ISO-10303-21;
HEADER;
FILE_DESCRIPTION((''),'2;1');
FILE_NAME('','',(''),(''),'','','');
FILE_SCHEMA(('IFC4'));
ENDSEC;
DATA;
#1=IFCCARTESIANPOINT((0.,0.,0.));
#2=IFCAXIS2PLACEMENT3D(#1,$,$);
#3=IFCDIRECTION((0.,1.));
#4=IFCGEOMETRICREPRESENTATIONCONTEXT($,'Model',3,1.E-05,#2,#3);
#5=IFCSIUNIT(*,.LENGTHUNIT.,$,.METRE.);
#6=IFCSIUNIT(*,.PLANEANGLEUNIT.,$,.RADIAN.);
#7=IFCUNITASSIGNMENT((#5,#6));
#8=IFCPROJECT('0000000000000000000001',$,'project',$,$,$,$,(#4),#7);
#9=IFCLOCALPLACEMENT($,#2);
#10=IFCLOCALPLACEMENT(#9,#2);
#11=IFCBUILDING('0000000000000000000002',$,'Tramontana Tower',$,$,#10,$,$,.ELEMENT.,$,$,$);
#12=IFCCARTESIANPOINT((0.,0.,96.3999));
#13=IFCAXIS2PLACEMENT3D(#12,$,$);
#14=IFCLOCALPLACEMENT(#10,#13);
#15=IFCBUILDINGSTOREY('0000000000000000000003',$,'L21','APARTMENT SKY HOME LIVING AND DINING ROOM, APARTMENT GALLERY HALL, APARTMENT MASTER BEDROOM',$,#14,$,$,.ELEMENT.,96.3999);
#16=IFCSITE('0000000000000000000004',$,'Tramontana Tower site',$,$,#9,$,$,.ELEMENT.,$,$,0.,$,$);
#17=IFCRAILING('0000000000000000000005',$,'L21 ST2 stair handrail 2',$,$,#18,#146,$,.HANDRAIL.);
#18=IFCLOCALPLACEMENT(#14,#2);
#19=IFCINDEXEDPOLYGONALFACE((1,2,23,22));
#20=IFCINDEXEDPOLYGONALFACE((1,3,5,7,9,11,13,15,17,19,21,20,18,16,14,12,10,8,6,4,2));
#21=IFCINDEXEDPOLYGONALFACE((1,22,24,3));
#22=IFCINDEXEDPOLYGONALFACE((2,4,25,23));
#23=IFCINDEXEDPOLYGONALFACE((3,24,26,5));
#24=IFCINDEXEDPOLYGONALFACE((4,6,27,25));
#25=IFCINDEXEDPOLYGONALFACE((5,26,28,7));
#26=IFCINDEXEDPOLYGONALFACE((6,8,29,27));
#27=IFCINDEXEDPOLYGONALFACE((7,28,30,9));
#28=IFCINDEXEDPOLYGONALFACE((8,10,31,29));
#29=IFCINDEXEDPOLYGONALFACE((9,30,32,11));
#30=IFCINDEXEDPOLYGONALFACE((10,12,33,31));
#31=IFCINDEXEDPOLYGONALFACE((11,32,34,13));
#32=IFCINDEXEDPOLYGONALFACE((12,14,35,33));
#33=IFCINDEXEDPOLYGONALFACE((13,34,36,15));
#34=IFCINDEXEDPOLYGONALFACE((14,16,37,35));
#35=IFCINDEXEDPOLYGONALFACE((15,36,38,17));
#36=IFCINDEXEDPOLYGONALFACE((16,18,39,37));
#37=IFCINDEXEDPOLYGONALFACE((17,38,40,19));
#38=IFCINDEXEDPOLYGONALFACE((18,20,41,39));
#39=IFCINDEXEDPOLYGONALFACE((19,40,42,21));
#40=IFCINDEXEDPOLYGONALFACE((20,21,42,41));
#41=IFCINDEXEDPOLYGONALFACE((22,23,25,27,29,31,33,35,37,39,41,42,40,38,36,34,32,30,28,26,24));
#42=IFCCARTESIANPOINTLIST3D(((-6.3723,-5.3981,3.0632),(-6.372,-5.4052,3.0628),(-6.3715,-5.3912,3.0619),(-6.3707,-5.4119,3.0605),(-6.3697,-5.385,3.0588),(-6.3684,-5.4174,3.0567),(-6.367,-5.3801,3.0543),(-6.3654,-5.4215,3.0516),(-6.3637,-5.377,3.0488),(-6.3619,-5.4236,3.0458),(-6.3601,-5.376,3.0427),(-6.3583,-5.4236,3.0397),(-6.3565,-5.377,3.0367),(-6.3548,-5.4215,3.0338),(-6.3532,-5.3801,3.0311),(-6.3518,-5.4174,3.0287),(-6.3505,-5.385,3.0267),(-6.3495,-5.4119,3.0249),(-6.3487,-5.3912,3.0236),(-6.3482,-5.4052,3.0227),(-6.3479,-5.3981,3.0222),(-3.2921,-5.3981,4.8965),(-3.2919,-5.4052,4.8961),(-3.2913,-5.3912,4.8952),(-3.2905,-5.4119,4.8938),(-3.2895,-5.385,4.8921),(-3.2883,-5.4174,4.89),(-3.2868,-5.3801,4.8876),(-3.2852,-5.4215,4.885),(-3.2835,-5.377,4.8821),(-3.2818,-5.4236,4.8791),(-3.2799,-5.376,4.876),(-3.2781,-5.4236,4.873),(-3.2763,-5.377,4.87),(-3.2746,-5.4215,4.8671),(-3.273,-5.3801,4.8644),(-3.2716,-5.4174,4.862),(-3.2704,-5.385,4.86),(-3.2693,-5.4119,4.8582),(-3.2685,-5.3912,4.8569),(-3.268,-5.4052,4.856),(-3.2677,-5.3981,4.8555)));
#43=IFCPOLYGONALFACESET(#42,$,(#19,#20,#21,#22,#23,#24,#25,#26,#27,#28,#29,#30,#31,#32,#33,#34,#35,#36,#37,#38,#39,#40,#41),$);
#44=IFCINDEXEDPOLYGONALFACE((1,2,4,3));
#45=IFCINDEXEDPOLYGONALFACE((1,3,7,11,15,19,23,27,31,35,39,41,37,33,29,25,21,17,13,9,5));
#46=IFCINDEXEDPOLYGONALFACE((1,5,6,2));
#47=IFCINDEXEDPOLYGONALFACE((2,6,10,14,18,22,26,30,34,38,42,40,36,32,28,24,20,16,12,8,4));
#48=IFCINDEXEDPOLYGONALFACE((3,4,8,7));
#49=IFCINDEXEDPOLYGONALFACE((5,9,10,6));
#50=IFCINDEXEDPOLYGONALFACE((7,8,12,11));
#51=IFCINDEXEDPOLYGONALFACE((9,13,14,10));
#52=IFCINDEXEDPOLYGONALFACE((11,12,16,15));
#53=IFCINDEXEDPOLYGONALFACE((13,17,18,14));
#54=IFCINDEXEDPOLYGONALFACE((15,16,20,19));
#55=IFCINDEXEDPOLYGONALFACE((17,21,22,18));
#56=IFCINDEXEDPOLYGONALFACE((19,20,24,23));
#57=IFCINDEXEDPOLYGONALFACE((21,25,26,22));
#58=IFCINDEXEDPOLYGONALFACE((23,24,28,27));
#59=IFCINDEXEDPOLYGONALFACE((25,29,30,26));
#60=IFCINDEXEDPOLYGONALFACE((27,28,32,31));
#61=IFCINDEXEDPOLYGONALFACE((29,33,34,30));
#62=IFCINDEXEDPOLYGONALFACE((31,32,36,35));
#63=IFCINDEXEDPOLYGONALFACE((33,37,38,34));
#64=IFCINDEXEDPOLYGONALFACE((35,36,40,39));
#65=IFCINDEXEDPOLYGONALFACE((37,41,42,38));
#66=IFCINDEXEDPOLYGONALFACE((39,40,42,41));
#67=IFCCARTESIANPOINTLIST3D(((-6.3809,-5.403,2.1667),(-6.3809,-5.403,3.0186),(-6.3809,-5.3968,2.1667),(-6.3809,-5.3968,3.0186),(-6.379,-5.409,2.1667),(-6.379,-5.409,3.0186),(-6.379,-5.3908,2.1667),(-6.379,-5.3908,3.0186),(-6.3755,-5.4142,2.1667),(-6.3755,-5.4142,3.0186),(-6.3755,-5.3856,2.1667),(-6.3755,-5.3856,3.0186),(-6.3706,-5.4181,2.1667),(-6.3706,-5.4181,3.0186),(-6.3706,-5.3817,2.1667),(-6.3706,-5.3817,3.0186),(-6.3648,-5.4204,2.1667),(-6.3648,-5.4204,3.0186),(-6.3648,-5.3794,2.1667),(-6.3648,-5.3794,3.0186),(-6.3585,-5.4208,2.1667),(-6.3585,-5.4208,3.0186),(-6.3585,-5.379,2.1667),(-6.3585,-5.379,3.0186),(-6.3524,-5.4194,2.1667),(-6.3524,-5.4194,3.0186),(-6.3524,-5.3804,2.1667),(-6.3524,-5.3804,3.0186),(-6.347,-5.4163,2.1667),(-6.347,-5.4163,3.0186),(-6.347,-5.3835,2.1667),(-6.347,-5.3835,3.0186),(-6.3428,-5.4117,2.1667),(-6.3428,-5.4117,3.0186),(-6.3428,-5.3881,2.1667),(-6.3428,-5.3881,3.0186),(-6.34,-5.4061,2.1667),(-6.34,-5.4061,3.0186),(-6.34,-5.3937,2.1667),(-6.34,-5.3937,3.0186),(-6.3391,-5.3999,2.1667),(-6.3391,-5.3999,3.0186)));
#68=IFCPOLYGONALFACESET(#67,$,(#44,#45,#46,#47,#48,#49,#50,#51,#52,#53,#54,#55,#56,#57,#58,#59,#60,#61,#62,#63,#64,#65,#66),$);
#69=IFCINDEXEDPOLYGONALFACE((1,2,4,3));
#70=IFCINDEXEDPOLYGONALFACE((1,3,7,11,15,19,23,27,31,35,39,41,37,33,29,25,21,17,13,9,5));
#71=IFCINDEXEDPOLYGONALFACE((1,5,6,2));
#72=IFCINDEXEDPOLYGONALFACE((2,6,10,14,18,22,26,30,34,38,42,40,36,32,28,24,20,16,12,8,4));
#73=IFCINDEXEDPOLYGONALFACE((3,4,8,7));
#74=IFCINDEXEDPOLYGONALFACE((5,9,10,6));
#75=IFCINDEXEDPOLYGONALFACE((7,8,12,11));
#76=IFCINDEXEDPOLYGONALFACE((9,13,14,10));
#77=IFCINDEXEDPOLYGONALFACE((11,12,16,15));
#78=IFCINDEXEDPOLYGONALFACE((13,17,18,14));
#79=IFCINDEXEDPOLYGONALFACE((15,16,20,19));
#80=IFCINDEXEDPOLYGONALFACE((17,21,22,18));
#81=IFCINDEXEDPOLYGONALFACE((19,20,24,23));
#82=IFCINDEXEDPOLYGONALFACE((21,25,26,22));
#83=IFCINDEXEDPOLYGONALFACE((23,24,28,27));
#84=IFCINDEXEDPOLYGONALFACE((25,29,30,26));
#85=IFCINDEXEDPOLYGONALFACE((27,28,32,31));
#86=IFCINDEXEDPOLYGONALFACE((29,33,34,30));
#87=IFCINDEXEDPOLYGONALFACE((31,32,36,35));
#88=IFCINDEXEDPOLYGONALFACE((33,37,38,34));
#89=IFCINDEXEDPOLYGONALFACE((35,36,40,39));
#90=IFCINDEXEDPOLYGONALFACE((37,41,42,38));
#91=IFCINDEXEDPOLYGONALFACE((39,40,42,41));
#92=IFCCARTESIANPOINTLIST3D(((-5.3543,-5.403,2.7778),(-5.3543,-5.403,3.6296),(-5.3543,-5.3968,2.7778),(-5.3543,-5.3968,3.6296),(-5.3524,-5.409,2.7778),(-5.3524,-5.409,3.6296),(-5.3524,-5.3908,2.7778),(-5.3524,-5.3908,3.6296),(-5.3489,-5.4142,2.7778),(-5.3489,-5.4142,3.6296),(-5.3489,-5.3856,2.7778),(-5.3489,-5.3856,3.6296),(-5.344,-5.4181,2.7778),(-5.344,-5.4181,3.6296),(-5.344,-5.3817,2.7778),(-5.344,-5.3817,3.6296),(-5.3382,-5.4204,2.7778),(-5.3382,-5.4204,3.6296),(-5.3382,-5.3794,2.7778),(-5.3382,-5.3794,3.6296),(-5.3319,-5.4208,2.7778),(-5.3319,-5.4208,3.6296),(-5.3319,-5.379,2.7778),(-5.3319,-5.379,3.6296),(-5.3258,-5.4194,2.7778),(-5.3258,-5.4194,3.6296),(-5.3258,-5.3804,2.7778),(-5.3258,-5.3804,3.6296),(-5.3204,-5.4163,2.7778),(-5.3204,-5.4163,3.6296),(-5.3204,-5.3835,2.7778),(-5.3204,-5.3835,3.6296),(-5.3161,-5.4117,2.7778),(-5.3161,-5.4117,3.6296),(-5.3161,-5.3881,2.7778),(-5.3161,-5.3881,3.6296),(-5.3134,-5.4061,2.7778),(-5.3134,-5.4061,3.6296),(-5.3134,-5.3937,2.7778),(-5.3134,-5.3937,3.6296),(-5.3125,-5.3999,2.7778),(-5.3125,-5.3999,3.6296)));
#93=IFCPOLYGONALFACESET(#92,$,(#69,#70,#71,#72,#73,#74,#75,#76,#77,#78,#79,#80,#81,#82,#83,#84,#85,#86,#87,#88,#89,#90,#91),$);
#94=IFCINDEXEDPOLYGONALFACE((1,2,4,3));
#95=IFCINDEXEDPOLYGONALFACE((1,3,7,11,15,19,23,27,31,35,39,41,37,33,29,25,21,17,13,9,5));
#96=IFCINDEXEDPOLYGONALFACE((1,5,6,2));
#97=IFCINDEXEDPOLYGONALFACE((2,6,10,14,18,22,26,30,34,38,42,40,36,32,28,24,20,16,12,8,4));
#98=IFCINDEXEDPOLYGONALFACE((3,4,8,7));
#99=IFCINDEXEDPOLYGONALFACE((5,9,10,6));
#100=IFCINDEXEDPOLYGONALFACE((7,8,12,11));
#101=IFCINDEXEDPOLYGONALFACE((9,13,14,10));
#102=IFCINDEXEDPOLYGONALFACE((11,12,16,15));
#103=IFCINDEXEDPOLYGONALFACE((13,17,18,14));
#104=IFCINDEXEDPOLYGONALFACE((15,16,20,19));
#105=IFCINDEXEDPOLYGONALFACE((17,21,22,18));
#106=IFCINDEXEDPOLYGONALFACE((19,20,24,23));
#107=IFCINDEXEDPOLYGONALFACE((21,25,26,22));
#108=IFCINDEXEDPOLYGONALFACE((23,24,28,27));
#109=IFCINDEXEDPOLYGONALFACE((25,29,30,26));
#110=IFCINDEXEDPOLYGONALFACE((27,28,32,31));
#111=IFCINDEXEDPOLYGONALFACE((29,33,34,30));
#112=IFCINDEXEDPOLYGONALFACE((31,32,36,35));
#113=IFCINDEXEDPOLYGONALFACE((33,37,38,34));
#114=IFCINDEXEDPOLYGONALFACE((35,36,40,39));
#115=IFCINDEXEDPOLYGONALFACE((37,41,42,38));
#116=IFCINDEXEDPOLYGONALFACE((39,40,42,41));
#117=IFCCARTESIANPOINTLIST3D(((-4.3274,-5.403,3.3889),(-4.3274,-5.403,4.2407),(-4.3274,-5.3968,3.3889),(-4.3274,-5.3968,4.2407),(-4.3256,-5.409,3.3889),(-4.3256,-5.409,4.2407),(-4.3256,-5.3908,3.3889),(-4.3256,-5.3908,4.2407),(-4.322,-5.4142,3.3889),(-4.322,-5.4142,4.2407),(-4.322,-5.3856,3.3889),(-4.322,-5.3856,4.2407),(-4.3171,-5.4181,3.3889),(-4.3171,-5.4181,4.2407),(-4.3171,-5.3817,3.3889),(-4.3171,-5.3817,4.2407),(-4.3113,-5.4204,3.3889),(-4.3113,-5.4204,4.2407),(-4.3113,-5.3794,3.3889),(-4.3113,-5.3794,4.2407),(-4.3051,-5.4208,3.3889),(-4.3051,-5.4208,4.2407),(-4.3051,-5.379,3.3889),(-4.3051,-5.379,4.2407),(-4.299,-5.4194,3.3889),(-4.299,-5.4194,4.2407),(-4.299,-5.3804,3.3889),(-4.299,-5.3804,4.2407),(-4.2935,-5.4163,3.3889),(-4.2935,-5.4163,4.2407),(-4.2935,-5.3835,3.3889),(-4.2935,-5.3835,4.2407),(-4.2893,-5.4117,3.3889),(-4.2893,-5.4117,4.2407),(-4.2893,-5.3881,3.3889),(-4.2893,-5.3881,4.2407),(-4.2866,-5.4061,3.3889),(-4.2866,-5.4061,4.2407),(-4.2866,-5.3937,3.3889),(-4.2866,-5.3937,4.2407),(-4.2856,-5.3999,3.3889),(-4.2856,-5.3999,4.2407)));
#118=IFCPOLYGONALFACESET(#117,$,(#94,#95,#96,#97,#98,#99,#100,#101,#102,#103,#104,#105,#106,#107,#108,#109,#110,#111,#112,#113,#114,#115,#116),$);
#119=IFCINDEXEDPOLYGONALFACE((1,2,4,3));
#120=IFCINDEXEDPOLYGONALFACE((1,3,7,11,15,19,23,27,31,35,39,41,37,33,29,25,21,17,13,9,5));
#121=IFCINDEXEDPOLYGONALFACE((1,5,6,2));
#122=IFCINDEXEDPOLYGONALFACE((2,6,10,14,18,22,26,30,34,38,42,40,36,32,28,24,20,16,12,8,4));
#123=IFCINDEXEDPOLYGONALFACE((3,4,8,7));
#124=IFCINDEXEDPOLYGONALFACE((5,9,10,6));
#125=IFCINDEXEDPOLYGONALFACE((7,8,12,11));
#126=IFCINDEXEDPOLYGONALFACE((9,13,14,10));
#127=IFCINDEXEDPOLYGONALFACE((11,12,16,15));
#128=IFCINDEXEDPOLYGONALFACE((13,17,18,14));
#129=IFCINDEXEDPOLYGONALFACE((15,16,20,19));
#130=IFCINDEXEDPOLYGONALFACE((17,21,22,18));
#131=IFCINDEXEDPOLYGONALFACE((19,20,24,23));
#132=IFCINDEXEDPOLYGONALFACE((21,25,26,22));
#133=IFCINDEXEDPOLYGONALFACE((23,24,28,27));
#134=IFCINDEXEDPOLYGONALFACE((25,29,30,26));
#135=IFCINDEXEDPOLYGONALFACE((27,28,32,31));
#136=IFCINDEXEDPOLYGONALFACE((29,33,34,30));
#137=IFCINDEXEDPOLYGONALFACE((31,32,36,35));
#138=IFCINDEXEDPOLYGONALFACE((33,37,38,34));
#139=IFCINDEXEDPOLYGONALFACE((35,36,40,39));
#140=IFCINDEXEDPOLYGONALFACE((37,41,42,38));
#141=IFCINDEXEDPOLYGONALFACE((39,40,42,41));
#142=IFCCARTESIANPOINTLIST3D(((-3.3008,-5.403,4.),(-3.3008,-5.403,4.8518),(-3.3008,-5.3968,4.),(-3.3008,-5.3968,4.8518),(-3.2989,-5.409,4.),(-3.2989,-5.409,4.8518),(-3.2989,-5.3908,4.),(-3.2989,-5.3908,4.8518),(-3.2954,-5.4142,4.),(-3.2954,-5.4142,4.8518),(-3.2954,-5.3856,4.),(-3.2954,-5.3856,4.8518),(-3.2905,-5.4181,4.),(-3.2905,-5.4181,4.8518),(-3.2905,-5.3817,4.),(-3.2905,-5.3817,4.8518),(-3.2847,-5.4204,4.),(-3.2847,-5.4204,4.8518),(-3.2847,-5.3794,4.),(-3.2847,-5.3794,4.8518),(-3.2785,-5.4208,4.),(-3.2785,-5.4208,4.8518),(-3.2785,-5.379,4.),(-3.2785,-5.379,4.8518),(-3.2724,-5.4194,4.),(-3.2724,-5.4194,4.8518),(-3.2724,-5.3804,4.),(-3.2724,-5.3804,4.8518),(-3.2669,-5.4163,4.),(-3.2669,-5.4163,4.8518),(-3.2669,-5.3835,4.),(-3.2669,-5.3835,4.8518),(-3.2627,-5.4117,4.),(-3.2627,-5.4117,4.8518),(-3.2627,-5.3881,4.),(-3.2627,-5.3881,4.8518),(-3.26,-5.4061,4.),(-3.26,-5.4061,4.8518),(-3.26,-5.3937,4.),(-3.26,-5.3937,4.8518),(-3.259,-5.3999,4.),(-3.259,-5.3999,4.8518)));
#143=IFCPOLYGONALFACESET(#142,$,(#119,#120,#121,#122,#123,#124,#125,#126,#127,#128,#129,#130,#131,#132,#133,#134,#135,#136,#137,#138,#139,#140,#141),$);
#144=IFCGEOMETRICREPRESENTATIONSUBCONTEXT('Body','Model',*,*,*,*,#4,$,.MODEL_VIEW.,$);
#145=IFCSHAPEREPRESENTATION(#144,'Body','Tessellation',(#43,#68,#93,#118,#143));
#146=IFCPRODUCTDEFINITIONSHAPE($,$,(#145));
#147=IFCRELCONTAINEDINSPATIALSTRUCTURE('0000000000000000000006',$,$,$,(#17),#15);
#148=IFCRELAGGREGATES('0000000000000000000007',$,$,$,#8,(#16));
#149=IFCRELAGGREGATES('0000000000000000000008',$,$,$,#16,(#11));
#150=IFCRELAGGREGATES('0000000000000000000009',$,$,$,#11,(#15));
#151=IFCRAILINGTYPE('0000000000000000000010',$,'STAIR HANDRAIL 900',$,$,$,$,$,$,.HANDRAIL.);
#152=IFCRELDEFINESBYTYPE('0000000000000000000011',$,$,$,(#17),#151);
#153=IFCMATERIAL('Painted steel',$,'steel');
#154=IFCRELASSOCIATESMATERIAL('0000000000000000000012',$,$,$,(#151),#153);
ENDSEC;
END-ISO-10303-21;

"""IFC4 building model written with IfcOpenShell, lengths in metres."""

from ifc_helpers import new_model, si_unit, direction, frame, origin, origin_2d, place, context, subcontext, project, spatial, circle, extrude, material, type_object, element, save


model = new_model("IFC4")

# Units and contexts
model_context = context("Model", 3, precision=1e-05, world=origin(), true_north=direction((0.0, 1.0)))
body_context = subcontext(model_context, "Body", "Model", "MODEL_VIEW")
ifc_project = project(units=[si_unit("LENGTHUNIT", "METRE"), si_unit("PLANEANGLEUNIT", "RADIAN")], contexts=[model_context])

# Site, building, storey
site_placement = place(None, origin())
site = spatial("IfcSite", under=ifc_project, at=site_placement, Name="Tramontana Tower site", CompositionType="ELEMENT", RefElevation=0.0)
building_placement = place(site_placement, origin())
building = spatial("IfcBuilding", under=site, at=building_placement, Name="Tramontana Tower", CompositionType="ELEMENT")
storey_placement = place(building_placement, frame((0.0, 0.0, 96.3999)))
storey = spatial("IfcBuildingStorey", under=building, at=storey_placement, Name="L21", Description="APARTMENT SKY HOME LIVING AND DINING ROOM, APARTMENT GALLERY HALL, APARTMENT MASTER BEDROOM", CompositionType="ELEMENT", Elevation=96.3999)

# Railing
ifc_material_1 = material(Name="Painted steel", Category="steel")
railing_type_1 = type_object("IfcRailingType", Name="STAIR HANDRAIL 900", PredefinedType="HANDRAIL", material=ifc_material_1)
railing_1_placement = place(storey_placement, frame((-6.3601, -5.3999, 2.1667)))
element("IfcRailing", 1, at=railing_1_placement, inside=storey, type_object=railing_type_1, Name="L21 ST2 stair handrail 2", PredefinedType="HANDRAIL", context=body_context, shape_type="SweptSolid", body=[
    extrude(circle(Radius=0.0239, at=origin_2d()), frame((0.0, 0.0, 0.876), z_axis=(0.859309, 0.0, 0.511458), x_axis=(0.0, 1.0, 0.0)), (0.0, 0.0, 1.0), 3.5845),
    extrude(circle(Radius=0.021, at=origin_2d()), origin(), (0.0, 0.0, 1.0), 0.8518),
    extrude(circle(Radius=0.021, at=origin_2d()), frame((1.0266, 0.0, 0.6111)), (0.0, 0.0, 1.0), 0.8518),
    extrude(circle(Radius=0.021, at=origin_2d()), frame((2.0535, 0.0, 1.2222)), (0.0, 0.0, 1.0), 0.8518),
    extrude(circle(Radius=0.021, at=origin_2d()), frame((3.0801, 0.0, 1.8333)), (0.0, 0.0, 1.0), 0.8518),
])

save(model, "model.ifc")
